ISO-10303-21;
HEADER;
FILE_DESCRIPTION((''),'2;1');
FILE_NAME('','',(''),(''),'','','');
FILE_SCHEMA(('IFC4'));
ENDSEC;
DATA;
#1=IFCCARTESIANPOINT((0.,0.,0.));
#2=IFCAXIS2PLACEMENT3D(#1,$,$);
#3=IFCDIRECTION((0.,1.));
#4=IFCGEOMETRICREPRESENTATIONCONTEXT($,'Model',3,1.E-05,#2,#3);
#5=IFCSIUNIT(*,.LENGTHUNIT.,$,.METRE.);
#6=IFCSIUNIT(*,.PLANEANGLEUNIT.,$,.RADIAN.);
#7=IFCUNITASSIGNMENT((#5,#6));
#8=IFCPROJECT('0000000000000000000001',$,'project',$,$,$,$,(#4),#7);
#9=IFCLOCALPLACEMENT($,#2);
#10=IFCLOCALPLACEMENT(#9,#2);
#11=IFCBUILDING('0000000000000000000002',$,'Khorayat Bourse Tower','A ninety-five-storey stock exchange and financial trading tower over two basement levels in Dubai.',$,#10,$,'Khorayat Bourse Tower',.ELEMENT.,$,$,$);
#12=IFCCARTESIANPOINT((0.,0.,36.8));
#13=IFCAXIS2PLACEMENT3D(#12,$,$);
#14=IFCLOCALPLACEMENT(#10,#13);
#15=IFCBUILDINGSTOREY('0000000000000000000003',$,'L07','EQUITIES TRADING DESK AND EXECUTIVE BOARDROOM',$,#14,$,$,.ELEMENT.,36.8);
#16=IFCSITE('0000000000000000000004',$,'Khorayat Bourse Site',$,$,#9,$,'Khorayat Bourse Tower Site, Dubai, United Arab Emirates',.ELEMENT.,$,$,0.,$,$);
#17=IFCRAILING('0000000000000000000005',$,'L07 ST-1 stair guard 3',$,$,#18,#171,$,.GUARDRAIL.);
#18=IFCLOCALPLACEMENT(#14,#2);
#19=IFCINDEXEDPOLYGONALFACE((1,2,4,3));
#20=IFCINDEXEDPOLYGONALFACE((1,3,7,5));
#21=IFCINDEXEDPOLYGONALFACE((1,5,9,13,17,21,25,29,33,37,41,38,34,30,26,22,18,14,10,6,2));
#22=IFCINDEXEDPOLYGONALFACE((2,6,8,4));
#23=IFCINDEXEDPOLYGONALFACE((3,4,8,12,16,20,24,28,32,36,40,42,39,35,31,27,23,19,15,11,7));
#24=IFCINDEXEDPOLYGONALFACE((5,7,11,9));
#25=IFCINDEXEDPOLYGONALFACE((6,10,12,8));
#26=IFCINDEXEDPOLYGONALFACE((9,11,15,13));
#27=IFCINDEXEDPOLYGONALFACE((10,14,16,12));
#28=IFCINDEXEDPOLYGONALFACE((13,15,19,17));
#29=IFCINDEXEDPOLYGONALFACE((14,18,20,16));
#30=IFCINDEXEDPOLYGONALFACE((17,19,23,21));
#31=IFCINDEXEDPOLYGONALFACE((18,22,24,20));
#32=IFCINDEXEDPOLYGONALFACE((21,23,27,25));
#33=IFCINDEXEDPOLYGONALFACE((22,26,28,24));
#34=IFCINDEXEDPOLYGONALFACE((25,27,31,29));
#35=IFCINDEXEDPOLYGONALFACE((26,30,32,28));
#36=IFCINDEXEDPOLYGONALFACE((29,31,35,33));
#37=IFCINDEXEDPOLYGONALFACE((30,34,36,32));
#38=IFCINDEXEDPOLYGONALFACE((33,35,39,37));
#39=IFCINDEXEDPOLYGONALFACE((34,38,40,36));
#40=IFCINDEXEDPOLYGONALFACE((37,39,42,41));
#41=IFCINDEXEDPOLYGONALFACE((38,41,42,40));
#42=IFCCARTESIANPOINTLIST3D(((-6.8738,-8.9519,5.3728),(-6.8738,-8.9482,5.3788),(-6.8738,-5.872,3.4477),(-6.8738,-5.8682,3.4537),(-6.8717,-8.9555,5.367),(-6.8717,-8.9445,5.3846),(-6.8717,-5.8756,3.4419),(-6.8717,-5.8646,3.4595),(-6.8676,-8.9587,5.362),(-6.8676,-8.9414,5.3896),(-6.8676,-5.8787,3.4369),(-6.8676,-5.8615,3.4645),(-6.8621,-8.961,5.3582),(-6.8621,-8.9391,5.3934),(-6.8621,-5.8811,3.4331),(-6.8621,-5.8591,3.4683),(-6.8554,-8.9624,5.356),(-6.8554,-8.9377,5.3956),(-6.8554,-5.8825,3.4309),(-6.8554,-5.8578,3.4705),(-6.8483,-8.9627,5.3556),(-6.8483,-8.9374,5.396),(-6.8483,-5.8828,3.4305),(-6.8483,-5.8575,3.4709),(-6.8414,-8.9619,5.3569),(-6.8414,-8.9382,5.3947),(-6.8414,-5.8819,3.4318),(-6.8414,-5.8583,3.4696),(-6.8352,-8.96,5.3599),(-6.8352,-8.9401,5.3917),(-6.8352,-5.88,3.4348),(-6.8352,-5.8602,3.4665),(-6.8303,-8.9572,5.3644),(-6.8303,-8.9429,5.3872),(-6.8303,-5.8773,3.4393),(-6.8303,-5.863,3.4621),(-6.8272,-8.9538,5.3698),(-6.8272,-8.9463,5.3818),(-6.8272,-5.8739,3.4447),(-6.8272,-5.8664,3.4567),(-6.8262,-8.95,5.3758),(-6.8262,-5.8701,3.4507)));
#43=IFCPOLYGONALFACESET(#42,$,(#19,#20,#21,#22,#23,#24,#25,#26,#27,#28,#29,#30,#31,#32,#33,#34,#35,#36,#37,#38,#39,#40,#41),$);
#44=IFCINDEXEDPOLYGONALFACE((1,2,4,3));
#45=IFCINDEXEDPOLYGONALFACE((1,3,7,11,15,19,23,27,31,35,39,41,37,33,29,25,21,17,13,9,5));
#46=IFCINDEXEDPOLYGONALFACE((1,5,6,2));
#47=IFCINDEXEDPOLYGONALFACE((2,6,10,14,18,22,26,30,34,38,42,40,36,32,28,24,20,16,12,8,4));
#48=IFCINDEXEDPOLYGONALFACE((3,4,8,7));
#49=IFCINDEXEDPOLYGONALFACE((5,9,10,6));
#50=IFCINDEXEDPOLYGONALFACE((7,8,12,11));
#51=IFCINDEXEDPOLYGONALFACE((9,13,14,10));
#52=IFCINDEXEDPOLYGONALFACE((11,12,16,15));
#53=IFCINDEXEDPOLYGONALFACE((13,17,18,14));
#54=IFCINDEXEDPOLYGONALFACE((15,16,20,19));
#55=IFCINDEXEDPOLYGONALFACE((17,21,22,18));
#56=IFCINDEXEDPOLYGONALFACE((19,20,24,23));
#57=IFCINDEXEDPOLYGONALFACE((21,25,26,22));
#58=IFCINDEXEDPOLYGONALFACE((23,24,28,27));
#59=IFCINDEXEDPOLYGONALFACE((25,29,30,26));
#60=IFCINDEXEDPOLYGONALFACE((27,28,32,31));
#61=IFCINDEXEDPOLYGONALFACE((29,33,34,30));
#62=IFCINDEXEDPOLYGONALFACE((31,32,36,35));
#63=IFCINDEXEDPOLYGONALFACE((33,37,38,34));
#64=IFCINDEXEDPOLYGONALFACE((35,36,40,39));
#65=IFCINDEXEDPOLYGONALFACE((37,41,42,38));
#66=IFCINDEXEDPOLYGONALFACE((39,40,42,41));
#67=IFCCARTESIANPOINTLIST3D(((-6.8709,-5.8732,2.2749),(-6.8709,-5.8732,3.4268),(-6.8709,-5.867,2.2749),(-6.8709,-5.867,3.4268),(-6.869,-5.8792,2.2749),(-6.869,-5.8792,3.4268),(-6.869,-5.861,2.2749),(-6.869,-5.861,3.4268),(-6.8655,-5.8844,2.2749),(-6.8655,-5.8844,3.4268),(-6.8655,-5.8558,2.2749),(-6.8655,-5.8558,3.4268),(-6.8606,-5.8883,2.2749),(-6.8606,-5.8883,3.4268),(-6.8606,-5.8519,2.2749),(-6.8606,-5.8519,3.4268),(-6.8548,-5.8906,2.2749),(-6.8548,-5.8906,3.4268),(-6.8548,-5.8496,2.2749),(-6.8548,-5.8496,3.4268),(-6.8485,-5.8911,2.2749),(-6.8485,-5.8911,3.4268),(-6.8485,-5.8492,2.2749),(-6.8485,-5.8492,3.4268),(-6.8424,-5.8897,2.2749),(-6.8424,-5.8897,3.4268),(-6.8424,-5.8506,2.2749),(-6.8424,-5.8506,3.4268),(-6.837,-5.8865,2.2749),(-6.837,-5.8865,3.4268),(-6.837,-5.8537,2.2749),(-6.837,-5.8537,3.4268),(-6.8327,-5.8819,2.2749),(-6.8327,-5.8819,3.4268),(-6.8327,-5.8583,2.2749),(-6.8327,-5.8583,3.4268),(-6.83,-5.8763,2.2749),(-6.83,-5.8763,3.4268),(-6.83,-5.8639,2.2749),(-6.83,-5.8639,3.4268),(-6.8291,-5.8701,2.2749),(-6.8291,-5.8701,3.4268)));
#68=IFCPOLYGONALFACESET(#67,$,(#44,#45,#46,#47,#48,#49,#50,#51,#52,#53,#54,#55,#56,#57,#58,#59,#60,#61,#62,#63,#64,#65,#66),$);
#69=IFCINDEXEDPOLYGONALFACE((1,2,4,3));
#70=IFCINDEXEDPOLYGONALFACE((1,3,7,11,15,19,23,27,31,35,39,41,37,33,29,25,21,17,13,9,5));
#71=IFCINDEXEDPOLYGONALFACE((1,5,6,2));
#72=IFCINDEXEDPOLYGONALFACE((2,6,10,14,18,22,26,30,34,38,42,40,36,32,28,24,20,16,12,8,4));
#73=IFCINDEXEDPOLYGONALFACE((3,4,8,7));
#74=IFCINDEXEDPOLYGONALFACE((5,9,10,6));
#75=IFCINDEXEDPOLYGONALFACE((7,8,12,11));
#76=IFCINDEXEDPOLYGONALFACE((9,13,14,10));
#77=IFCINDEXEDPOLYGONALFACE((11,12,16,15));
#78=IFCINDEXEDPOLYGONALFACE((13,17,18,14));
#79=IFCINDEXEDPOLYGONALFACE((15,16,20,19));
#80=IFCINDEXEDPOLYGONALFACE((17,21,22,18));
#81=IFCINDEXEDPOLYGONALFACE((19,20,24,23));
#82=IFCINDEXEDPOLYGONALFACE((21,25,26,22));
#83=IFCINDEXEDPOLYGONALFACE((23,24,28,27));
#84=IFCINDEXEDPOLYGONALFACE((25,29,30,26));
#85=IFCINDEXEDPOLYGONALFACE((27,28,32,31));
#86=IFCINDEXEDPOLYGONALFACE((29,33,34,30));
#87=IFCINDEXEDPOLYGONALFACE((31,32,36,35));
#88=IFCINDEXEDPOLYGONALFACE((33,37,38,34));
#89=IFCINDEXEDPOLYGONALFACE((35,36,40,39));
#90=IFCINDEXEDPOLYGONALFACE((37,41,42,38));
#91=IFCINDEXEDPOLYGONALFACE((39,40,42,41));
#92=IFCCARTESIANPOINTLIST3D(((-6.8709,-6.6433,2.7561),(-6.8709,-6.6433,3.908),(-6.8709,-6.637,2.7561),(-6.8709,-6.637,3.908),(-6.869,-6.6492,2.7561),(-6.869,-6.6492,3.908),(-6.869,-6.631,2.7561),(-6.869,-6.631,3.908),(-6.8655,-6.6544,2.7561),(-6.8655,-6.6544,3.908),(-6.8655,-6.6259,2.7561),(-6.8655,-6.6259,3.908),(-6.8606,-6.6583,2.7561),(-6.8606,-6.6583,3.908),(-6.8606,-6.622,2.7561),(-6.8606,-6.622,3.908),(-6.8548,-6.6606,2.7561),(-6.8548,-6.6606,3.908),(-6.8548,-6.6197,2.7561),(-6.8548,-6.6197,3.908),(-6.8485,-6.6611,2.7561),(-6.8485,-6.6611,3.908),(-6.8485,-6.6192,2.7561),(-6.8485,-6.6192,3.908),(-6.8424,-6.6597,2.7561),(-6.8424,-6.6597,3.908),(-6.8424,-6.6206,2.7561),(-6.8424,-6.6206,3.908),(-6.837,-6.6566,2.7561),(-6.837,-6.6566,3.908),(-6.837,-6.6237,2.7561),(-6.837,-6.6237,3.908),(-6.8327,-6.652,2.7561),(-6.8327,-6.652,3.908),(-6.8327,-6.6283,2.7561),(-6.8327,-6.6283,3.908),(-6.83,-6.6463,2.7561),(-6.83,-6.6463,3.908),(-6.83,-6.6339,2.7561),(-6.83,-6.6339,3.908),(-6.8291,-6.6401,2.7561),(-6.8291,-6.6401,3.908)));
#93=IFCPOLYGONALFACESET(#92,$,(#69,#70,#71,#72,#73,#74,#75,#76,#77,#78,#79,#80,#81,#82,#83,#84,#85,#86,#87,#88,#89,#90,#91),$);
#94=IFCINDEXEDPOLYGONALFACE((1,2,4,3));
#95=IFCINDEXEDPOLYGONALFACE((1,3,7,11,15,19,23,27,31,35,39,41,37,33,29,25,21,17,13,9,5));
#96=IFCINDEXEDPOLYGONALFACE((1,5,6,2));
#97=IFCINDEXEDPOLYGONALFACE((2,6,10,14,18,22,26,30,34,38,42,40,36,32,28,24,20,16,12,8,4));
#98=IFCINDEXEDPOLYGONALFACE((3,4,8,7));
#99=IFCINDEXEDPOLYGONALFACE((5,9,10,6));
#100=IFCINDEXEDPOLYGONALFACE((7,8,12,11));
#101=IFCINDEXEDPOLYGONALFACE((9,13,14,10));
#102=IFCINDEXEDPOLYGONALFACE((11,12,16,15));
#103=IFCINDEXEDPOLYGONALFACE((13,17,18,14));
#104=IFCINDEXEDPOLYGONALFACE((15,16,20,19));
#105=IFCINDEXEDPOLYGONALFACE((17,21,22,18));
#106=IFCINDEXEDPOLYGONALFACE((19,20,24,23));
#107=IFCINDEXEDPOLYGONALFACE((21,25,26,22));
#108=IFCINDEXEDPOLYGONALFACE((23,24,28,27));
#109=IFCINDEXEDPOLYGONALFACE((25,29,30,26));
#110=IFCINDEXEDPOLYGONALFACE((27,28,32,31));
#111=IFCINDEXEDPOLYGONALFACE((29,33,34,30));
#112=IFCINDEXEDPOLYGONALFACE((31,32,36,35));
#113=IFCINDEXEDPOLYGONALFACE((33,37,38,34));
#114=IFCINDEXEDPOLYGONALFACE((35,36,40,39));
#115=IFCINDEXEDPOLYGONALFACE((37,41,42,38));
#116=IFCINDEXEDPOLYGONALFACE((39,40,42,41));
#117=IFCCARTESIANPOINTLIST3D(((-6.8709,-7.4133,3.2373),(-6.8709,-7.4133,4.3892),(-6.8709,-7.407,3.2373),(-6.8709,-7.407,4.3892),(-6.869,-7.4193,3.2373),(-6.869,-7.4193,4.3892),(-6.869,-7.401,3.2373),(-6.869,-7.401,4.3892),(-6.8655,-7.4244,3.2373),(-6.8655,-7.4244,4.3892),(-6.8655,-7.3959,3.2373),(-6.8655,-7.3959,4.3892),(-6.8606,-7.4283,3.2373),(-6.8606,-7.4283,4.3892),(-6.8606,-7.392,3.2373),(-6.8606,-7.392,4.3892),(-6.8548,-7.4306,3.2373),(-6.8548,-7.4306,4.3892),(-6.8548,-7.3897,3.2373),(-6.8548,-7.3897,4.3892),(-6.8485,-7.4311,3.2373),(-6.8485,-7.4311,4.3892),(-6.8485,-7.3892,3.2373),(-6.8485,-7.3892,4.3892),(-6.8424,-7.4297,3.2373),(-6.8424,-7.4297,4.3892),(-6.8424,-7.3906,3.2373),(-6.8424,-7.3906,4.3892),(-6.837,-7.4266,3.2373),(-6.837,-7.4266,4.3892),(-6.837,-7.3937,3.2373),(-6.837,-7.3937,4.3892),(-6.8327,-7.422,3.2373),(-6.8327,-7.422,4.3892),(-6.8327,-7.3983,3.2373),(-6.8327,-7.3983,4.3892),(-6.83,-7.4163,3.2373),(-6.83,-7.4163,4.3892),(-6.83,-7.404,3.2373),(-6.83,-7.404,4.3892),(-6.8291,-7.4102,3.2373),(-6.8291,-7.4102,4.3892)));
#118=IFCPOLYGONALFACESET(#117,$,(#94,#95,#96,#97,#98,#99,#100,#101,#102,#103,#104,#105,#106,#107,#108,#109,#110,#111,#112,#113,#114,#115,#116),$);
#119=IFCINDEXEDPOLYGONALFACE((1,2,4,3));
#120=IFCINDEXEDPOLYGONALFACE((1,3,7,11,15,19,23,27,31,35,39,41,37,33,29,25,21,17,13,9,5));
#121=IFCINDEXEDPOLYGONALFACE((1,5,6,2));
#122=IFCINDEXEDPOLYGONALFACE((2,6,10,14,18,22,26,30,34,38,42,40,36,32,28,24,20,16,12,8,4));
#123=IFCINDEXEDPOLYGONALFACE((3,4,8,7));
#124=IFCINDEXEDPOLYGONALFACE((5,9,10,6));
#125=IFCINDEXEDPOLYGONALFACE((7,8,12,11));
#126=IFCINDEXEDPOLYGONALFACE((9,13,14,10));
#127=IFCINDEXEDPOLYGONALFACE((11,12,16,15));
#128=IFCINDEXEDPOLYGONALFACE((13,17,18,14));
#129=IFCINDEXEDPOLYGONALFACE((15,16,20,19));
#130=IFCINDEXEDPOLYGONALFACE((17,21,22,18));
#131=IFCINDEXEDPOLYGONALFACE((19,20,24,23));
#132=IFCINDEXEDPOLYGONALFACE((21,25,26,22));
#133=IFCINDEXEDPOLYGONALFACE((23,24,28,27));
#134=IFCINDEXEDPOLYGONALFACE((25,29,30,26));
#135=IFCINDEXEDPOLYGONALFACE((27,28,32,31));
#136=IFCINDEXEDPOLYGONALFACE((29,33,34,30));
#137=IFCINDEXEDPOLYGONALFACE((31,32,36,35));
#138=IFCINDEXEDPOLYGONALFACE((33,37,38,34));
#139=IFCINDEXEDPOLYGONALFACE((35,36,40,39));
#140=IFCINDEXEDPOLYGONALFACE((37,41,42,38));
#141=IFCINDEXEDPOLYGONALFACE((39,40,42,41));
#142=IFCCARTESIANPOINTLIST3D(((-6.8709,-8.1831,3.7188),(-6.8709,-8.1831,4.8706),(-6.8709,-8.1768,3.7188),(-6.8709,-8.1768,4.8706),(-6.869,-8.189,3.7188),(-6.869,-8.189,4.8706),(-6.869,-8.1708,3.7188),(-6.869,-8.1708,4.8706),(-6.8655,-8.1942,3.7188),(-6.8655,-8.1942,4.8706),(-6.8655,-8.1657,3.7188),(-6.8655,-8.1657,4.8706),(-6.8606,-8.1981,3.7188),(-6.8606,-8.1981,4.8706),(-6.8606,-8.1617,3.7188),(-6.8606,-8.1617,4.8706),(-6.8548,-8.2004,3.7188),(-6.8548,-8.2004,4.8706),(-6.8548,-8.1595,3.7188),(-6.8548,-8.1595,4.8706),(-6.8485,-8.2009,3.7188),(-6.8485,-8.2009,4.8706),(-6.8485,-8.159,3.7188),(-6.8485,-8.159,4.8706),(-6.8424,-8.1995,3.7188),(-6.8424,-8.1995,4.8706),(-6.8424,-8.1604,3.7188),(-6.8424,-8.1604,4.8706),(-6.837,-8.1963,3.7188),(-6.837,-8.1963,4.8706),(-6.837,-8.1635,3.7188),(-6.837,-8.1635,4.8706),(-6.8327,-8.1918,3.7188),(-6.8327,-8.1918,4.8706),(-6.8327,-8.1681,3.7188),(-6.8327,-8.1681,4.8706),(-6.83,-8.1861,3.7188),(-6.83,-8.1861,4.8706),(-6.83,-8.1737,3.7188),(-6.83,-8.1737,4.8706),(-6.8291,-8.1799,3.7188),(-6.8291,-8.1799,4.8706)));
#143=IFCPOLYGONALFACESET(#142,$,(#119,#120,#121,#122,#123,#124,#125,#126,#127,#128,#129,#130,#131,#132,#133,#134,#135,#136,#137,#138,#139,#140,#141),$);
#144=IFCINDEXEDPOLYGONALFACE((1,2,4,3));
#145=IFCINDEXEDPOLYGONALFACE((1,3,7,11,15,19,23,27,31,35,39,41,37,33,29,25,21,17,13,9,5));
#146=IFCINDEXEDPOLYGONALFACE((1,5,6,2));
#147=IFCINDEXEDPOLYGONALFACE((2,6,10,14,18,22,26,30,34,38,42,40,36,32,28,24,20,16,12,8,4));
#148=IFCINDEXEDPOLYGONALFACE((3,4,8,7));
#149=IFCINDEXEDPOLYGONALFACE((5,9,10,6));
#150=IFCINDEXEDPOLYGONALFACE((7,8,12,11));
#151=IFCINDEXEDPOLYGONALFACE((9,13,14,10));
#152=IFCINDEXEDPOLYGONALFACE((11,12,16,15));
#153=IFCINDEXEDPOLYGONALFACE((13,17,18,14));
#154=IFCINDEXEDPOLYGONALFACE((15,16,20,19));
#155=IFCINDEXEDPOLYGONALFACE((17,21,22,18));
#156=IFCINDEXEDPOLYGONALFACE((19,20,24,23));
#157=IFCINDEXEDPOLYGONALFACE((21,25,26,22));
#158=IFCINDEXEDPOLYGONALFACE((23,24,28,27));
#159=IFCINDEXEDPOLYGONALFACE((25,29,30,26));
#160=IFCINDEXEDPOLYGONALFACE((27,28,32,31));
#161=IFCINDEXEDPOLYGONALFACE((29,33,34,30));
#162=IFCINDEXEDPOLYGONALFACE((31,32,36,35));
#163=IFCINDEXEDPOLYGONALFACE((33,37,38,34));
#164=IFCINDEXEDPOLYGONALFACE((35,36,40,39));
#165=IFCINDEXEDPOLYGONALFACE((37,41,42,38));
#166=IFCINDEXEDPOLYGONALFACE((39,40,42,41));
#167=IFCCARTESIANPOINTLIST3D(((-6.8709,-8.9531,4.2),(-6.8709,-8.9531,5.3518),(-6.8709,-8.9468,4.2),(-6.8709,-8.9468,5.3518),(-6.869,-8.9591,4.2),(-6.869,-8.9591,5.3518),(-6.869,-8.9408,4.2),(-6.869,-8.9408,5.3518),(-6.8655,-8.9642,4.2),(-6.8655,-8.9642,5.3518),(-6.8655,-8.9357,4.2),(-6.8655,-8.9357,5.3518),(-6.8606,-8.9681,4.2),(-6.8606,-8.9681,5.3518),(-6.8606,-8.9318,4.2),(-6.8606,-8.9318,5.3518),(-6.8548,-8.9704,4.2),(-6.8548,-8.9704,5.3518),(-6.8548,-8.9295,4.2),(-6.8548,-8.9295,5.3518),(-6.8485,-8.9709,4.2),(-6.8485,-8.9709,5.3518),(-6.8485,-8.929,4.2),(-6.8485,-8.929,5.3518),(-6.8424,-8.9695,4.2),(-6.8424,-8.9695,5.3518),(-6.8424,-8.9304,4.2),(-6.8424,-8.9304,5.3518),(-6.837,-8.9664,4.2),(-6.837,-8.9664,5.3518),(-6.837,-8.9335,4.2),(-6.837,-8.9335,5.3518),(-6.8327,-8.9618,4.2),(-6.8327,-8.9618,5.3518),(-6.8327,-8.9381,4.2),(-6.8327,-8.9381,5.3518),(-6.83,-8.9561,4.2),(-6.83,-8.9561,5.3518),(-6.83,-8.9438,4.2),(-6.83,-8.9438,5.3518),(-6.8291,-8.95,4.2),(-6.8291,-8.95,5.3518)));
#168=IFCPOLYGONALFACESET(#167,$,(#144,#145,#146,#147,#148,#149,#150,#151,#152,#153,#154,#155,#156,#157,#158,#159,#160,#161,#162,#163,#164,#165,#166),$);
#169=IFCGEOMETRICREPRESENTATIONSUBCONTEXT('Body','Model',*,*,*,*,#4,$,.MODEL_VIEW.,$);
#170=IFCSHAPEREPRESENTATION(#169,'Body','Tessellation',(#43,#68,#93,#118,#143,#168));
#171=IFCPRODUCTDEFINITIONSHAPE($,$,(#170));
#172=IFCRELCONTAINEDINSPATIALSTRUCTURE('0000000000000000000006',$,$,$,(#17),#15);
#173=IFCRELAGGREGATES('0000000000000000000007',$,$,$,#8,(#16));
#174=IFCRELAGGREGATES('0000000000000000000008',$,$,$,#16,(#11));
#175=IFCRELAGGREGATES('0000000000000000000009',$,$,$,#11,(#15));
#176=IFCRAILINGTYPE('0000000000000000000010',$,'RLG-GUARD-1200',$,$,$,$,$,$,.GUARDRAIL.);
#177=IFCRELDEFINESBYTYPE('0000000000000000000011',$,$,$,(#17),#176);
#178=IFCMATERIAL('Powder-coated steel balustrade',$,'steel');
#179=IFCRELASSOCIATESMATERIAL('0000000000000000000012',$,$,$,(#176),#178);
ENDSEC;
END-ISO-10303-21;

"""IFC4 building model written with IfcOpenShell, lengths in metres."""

from ifc_helpers import new_model, si_unit, direction, frame, origin, origin_2d, place, context, subcontext, project, spatial, circle, extrude, source, transform, mapped, material, type_object, element, save


model = new_model("IFC4")

# Units and contexts
model_context = context("Model", 3, precision=1e-05, world=origin(), true_north=direction((0.0, 1.0)))
body_context = subcontext(model_context, "Body", "Model", "MODEL_VIEW")
ifc_project = project(units=[si_unit("LENGTHUNIT", "METRE"), si_unit("PLANEANGLEUNIT", "RADIAN")], contexts=[model_context])

# Site, building, storey
site_placement = place(None, origin())
site = spatial("IfcSite", under=ifc_project, at=site_placement, Name="Khorayat Bourse Site", LongName="Khorayat Bourse Tower Site, Dubai, United Arab Emirates", CompositionType="ELEMENT", RefElevation=0.0)
building_placement = place(site_placement, origin())
building = spatial("IfcBuilding", under=site, at=building_placement, Name="Khorayat Bourse Tower", Description="A ninety-five-storey stock exchange and financial trading tower over two basement levels in Dubai.", LongName="Khorayat Bourse Tower", CompositionType="ELEMENT")
storey_placement = place(building_placement, frame((0.0, 0.0, 36.8)))
storey = spatial("IfcBuildingStorey", under=building, at=storey_placement, Name="L07", Description="EQUITIES TRADING DESK AND EXECUTIVE BOARDROOM", CompositionType="ELEMENT", Elevation=36.8)

# Railing
ifc_material_1 = material(Name="Powder-coated steel balustrade", Category="steel")
railing_type_1 = type_object("IfcRailingType", Name="RLG-GUARD-1200", PredefinedType="GUARDRAIL", material=ifc_material_1)
shared_shape_1 = source(origin(), body_context, "Body", "SweptSolid", [
    extrude(circle(Radius=0.0239, at=origin_2d()), frame((0.0, 0.0, 1.1758), z_axis=(0.0, -0.847979, 0.530029), x_axis=(1.0, 0.0, 0.0)), (0.0, 0.0, 1.0), 3.6321),
    extrude(circle(Radius=0.021, at=origin_2d()), origin(), (0.0, 0.0, 1.0), 1.1519),
    extrude(circle(Radius=0.021, at=origin_2d()), frame((0.0, -0.77, 0.4812)), (0.0, 0.0, 1.0), 1.1519),
    extrude(circle(Radius=0.021, at=origin_2d()), frame((0.0, -1.54, 0.9624)), (0.0, 0.0, 1.0), 1.1519),
    extrude(circle(Radius=0.021, at=origin_2d()), frame((0.0, -2.3098, 1.4438)), (0.0, 0.0, 1.0), 1.1519),
    extrude(circle(Radius=0.021, at=origin_2d()), frame((0.0, -3.0798, 1.925)), (0.0, 0.0, 1.0), 1.1519),
])
railing_1_placement = place(storey_placement, frame((-6.8501, -5.8701, 2.2749)))
element("IfcRailing", 1, at=railing_1_placement, inside=storey, type_object=railing_type_1, Name="L07 ST-1 stair guard 3", PredefinedType="GUARDRAIL", context=body_context, shape_type="MappedRepresentation", body=[
    mapped(shared_shape_1, transform((0.0, 0.0, 0.0), scale=1.0)),
])

save(model, "model.ifc")
